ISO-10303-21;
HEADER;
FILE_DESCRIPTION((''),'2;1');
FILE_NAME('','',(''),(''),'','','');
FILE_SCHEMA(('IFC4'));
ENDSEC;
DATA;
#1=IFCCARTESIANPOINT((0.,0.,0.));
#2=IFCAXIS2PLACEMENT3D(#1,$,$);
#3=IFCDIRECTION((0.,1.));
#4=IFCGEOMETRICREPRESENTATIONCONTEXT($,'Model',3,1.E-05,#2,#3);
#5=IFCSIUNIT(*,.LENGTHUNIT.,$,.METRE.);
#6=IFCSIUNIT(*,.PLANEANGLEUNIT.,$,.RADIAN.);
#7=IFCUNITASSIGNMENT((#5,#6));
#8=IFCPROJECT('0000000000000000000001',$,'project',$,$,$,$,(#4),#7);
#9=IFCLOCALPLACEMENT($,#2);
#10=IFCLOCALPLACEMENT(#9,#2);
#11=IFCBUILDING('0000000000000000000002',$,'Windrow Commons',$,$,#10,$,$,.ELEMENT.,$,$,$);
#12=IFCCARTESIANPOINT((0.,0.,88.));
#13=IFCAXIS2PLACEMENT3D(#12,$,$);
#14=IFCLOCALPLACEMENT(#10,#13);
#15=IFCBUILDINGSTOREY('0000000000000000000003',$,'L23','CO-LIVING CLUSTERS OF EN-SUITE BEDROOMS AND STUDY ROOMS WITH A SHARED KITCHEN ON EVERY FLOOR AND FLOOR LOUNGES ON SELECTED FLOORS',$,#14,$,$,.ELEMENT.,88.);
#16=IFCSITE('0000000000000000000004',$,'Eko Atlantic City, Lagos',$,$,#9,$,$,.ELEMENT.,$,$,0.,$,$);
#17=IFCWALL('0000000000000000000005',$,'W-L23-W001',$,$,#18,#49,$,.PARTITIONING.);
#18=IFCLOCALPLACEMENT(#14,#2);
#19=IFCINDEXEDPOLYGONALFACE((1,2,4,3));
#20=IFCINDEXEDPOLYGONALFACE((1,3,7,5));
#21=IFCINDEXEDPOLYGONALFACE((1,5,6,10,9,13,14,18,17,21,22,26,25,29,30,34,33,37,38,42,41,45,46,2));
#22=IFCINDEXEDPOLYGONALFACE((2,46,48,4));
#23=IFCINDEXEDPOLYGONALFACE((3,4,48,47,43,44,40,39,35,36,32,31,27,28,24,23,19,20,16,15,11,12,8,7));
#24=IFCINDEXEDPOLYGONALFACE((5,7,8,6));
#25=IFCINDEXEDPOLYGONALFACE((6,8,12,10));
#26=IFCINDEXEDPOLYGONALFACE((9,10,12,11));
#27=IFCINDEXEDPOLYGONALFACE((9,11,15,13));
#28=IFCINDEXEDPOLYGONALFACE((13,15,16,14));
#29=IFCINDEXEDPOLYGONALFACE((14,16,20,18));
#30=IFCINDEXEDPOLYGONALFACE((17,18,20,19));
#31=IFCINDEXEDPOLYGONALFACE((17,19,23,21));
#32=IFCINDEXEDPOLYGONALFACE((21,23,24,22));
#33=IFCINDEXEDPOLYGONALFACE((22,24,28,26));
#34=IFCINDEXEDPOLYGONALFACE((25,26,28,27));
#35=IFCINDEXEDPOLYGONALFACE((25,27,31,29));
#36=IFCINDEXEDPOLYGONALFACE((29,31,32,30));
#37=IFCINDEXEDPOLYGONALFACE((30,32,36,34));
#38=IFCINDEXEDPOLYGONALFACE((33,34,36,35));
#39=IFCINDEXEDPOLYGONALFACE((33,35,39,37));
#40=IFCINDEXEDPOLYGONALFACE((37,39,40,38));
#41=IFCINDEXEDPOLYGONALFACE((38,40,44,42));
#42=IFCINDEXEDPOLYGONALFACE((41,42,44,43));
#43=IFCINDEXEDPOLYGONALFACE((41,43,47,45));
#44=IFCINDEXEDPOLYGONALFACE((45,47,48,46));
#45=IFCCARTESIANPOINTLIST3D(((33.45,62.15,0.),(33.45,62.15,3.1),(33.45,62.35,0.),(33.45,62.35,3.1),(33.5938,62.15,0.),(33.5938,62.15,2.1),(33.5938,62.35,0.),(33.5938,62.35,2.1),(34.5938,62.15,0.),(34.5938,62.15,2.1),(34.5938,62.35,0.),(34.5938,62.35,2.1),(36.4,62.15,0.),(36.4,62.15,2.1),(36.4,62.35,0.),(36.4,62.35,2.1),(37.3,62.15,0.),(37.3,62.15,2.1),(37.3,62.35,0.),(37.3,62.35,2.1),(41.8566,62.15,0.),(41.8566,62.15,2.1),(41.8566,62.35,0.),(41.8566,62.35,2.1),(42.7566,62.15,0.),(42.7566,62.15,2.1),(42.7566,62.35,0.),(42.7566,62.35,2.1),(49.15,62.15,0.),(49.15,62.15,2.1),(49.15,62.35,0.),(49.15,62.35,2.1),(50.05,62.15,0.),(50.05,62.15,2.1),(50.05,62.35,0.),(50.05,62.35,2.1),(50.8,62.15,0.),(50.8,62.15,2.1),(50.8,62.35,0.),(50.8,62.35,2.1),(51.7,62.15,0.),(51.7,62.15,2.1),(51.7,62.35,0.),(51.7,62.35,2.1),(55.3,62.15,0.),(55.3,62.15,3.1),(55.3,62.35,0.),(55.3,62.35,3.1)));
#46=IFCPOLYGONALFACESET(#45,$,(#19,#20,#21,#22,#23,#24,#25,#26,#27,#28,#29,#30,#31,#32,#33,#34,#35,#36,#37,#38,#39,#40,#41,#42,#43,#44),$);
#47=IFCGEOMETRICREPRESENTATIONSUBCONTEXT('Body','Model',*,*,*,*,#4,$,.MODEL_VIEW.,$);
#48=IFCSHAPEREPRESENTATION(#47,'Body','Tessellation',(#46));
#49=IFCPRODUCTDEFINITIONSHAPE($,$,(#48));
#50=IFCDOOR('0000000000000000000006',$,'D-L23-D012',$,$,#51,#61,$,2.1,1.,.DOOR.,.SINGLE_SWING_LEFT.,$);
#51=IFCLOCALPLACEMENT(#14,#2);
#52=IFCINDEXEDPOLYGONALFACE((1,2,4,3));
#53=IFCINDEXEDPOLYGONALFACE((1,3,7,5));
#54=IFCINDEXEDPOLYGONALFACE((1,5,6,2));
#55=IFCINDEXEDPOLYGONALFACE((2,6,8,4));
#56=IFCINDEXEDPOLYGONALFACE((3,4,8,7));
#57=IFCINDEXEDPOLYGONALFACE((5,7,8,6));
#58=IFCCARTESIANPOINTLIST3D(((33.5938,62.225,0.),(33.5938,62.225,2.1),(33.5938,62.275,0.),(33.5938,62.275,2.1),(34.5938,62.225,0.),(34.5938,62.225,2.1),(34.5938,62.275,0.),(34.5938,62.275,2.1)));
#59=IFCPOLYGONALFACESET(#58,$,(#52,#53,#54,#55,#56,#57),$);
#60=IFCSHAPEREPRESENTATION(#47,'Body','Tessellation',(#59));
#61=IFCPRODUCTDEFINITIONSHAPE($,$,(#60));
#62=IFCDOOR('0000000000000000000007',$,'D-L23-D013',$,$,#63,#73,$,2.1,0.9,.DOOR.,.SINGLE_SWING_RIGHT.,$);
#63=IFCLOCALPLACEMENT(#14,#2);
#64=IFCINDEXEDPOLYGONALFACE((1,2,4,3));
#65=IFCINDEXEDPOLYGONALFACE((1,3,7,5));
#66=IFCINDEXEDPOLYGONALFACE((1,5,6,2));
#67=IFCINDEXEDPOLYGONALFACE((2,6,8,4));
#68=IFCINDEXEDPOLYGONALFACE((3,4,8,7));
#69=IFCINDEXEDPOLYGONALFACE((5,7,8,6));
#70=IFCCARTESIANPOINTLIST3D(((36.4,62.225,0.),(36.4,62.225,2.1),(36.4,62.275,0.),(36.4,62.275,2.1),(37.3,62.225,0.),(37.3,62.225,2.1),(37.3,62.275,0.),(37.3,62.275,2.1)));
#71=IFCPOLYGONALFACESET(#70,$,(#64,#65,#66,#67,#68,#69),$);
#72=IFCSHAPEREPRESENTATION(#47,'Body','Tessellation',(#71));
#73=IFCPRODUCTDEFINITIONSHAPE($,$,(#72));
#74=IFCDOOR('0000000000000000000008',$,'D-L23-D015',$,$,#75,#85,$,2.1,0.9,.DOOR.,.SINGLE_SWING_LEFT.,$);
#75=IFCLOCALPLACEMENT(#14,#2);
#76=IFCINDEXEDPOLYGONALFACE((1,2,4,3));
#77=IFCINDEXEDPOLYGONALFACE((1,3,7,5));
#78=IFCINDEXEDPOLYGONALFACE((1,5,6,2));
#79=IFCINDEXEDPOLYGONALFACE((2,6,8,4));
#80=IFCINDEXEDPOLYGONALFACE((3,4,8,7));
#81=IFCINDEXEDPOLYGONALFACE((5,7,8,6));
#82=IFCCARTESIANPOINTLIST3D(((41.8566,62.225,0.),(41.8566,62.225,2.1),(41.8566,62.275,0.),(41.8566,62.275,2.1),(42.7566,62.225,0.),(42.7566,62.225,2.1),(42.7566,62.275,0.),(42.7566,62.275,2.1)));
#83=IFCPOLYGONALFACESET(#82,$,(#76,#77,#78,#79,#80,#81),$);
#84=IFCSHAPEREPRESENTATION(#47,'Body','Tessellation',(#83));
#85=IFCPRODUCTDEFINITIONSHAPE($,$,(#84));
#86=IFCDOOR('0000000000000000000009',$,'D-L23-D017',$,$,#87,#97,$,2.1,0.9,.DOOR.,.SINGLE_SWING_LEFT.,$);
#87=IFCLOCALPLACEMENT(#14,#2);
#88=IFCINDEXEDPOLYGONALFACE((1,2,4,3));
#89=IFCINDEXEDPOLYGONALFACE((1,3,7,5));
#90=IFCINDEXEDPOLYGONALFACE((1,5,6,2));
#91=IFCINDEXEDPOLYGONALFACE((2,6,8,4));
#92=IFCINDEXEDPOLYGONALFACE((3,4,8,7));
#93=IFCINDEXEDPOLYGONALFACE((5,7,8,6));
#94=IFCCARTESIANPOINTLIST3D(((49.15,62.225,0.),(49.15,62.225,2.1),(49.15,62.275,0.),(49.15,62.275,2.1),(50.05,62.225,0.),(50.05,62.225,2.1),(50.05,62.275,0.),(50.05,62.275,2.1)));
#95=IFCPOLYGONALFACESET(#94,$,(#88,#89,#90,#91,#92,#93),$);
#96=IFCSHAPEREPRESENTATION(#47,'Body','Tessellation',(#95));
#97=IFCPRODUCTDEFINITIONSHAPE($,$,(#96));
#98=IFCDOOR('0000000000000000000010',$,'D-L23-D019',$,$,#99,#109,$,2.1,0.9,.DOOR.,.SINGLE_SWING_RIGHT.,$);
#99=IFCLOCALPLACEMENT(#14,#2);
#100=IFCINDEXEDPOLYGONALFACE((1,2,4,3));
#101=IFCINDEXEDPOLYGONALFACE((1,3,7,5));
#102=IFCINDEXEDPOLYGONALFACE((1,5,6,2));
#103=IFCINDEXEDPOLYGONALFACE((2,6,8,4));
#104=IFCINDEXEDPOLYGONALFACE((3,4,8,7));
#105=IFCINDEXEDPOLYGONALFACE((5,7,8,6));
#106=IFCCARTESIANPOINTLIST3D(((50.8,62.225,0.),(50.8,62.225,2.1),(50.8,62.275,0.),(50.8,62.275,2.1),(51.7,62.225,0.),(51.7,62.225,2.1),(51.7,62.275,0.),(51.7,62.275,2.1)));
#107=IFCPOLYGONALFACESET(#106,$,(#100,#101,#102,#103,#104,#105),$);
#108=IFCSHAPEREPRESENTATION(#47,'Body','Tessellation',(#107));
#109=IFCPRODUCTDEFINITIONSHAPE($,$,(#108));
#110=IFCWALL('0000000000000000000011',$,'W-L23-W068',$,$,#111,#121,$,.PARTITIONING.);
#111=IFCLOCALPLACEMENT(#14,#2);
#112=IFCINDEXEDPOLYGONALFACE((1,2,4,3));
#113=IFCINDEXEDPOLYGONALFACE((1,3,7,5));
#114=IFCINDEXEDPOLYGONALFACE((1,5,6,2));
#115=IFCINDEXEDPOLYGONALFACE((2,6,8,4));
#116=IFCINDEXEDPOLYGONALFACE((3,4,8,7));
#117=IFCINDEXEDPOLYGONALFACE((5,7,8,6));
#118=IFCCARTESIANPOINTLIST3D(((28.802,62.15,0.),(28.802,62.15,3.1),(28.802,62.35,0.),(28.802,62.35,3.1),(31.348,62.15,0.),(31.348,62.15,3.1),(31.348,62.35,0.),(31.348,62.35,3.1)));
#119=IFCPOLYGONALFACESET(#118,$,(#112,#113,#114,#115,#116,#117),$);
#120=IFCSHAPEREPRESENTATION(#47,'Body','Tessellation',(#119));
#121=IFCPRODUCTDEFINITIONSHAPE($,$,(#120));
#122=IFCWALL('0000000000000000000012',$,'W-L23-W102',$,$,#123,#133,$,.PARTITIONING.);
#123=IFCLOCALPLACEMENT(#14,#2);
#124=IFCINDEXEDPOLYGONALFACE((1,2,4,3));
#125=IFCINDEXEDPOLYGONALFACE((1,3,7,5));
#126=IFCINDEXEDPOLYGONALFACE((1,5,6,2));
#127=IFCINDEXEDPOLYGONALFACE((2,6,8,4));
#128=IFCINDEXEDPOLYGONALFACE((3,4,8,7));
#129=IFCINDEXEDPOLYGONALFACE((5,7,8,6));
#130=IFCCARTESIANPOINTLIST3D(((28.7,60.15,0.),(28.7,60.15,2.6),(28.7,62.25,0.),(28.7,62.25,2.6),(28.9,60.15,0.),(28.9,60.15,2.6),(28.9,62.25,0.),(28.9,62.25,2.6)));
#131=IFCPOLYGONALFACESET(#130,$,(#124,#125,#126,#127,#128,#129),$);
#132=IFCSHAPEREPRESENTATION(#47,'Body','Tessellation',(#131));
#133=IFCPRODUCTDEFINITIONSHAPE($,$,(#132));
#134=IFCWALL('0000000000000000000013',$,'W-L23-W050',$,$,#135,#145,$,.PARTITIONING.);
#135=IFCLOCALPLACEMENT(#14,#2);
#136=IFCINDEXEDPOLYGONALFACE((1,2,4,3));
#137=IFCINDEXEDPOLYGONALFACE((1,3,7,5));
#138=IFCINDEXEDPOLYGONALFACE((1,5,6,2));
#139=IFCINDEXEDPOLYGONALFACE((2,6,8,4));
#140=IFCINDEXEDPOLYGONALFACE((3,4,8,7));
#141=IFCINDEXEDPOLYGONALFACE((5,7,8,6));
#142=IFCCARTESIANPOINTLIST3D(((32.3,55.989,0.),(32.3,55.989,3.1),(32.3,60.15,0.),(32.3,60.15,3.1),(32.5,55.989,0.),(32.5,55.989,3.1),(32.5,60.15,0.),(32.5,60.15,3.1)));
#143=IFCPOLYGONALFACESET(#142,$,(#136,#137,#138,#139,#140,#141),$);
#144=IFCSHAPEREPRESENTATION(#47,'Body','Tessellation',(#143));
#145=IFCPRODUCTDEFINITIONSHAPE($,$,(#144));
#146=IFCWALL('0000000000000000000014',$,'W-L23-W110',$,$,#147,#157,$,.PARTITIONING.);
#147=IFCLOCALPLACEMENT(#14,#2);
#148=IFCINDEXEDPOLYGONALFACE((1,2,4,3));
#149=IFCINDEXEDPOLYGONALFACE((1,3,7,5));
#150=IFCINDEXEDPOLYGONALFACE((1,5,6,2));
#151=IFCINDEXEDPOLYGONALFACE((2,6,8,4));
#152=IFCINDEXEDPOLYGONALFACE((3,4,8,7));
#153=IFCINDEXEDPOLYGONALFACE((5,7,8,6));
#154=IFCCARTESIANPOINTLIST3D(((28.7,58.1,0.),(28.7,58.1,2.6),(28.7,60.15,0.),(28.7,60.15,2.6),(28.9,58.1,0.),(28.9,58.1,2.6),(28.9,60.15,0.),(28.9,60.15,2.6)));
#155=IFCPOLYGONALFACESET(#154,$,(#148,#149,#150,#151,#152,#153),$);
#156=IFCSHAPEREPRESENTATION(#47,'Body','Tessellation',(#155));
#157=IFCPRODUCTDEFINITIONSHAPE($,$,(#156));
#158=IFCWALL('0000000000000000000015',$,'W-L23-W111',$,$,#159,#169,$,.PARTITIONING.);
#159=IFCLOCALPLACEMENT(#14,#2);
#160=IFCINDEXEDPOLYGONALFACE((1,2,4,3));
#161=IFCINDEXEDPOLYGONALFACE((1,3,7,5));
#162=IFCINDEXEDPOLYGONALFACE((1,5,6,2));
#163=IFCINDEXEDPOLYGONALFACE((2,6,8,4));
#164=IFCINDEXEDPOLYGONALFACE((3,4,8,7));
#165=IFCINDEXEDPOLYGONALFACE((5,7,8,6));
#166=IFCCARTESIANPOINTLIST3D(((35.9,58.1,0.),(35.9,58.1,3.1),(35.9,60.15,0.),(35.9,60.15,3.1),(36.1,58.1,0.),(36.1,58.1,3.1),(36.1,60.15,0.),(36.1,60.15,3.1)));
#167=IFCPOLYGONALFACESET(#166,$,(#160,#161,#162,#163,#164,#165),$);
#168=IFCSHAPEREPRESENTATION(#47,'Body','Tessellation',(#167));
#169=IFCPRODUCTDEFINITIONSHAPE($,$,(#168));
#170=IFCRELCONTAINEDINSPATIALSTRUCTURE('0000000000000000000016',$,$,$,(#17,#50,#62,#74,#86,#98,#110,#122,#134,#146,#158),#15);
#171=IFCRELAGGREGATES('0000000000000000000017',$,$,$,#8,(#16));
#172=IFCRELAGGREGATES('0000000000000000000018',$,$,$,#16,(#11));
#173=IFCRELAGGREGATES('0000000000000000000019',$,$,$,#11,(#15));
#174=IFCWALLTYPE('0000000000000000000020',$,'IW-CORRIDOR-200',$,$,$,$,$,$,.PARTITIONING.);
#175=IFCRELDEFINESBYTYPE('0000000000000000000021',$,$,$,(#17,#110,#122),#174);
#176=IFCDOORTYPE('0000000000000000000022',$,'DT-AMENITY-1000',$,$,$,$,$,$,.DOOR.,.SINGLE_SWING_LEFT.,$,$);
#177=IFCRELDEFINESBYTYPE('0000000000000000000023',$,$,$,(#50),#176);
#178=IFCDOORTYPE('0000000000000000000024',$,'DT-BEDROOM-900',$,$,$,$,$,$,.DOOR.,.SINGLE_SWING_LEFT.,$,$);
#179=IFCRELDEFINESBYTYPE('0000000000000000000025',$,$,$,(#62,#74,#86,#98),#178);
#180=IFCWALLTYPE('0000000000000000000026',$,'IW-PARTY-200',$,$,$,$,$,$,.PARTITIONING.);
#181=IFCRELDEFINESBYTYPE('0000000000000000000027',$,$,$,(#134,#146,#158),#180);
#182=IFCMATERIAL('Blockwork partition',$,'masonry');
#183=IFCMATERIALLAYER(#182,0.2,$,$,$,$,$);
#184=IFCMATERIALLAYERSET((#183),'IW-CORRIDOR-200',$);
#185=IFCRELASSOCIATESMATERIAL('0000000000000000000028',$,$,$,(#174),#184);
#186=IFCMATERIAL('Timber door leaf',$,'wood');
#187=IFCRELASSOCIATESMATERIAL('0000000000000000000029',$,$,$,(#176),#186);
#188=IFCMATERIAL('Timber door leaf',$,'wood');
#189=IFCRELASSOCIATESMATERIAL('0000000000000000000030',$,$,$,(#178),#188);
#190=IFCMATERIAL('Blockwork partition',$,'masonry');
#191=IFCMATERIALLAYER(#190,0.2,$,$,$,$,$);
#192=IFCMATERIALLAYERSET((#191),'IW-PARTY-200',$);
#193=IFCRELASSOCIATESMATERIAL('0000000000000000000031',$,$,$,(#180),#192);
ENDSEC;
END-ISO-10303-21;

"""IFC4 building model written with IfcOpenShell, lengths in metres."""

from ifc_helpers import new_model, si_unit, direction, frame, frame_2d, origin, place, context, subcontext, project, spatial, rectangle, extrude, material, layer, layer_set, type_object, element, fill, save


model = new_model("IFC4")

# Units and contexts
model_context = context("Model", 3, precision=1e-05, world=origin(), true_north=direction((0.0, 1.0)))
body_context = subcontext(model_context, "Body", "Model", "MODEL_VIEW")
ifc_project = project(units=[si_unit("LENGTHUNIT", "METRE"), si_unit("PLANEANGLEUNIT", "RADIAN")], contexts=[model_context])

# Site, building, storey
site_placement = place(None, origin())
site = spatial("IfcSite", under=ifc_project, at=site_placement, Name="Eko Atlantic City, Lagos", CompositionType="ELEMENT", RefElevation=0.0)
building_placement = place(site_placement, origin())
building = spatial("IfcBuilding", under=site, at=building_placement, Name="Windrow Commons", CompositionType="ELEMENT")
storey_placement = place(building_placement, frame((0.0, 0.0, 88.0)))
storey = spatial("IfcBuildingStorey", under=building, at=storey_placement, Name="L23", Description="CO-LIVING CLUSTERS OF EN-SUITE BEDROOMS AND STUDY ROOMS WITH A SHARED KITCHEN ON EVERY FLOOR AND FLOOR LOUNGES ON SELECTED FLOORS", CompositionType="ELEMENT", Elevation=88.0)

# Wall, openings, doors
ifc_material_1 = material(Name="Blockwork partition", Category="masonry")
ifc_layer_1 = layer(ifc_material_1, 0.2)
ifc_layer_set_1 = layer_set([ifc_layer_1], Name="IW-CORRIDOR-200")
wall_type_1 = type_object("IfcWallType", Name="IW-CORRIDOR-200", PredefinedType="PARTITIONING", material=ifc_layer_set_1)
ifc_material_2 = material(Name="Timber door leaf", Category="wood")
door_type_1 = type_object("IfcDoorType", Name="DT-AMENITY-1000", OperationType="SINGLE_SWING_LEFT", PredefinedType="DOOR", material=ifc_material_2)
ifc_material_3 = material(Name="Timber door leaf", Category="wood")
door_type_2 = type_object("IfcDoorType", Name="DT-BEDROOM-900", OperationType="SINGLE_SWING_LEFT", PredefinedType="DOOR", material=ifc_material_3)
wall_1_placement = place(storey_placement, frame((33.45, 62.25, 0.0), z_axis=(0.0, 0.0, 1.0), x_axis=(1.0, 0.0, 0.0)))
wall_1 = element("IfcWall", 1, at=wall_1_placement, inside=storey, type_object=wall_type_1, Name="W-L23-W001", PredefinedType="PARTITIONING", context=body_context, shape_type="SweptSolid", body=[
    extrude(rectangle(XDim=21.85, YDim=0.2, at=frame_2d((10.925, 0.0))), origin(), (0.0, 0.0, 1.0), 3.1),
])
opening_1_placement = place(wall_1_placement, frame((0.1438, 0.0, 0.0)))
opening_1 = element("IfcOpeningElement", 2, at=opening_1_placement, cuts=wall_1, PredefinedType="OPENING", context=body_context, shape_type="SweptSolid", body=[
    extrude(rectangle(XDim=1.0, YDim=2.1, at=frame_2d((0.5, 1.05))), frame((0.0, 0.11, 0.0), z_axis=(0.0, -1.0, 0.0), x_axis=(1.0, 0.0, 0.0)), (0.0, 0.0, 1.0), 0.22),
])
opening_2_placement = place(wall_1_placement, frame((2.95, 0.0, 0.0)))
opening_2 = element("IfcOpeningElement", 3, at=opening_2_placement, cuts=wall_1, PredefinedType="OPENING", context=body_context, shape_type="SweptSolid", body=[
    extrude(rectangle(XDim=0.9, YDim=2.1, at=frame_2d((0.45, 1.05))), frame((0.0, 0.11, 0.0), z_axis=(0.0, -1.0, 0.0), x_axis=(1.0, 0.0, 0.0)), (0.0, 0.0, 1.0), 0.22),
])
opening_3_placement = place(wall_1_placement, frame((8.4066, 0.0, 0.0)))
opening_3 = element("IfcOpeningElement", 4, at=opening_3_placement, cuts=wall_1, PredefinedType="OPENING", context=body_context, shape_type="SweptSolid", body=[
    extrude(rectangle(XDim=0.9, YDim=2.1, at=frame_2d((0.45, 1.05))), frame((0.0, 0.11, 0.0), z_axis=(0.0, -1.0, 0.0), x_axis=(1.0, 0.0, 0.0)), (0.0, 0.0, 1.0), 0.22),
])
opening_4_placement = place(wall_1_placement, frame((15.7, 0.0, 0.0)))
opening_4 = element("IfcOpeningElement", 5, at=opening_4_placement, cuts=wall_1, PredefinedType="OPENING", context=body_context, shape_type="SweptSolid", body=[
    extrude(rectangle(XDim=0.9, YDim=2.1, at=frame_2d((0.45, 1.05))), frame((0.0, 0.11, 0.0), z_axis=(0.0, -1.0, 0.0), x_axis=(1.0, 0.0, 0.0)), (0.0, 0.0, 1.0), 0.22),
])
opening_5_placement = place(wall_1_placement, frame((17.35, 0.0, 0.0)))
opening_5 = element("IfcOpeningElement", 6, at=opening_5_placement, cuts=wall_1, PredefinedType="OPENING", context=body_context, shape_type="SweptSolid", body=[
    extrude(rectangle(XDim=0.9, YDim=2.1, at=frame_2d((0.45, 1.05))), frame((0.0, 0.11, 0.0), z_axis=(0.0, -1.0, 0.0), x_axis=(1.0, 0.0, 0.0)), (0.0, 0.0, 1.0), 0.22),
])
door_1_placement = place(opening_1_placement, origin())
door_1 = element("IfcDoor", 7, at=door_1_placement, inside=storey, type_object=door_type_1, Name="D-L23-D012", OperationType="SINGLE_SWING_LEFT", OverallHeight=2.1, OverallWidth=1.0, PredefinedType="DOOR", context=body_context, shape_type="SweptSolid", body=[
    extrude(rectangle(XDim=1.0, YDim=2.1, at=frame_2d((0.5, 1.05))), frame((0.0, 0.025, 0.0), z_axis=(0.0, -1.0, 0.0), x_axis=(1.0, 0.0, 0.0)), (0.0, 0.0, 1.0), 0.05),
])
fill(opening_1, door_1)
door_2_placement = place(opening_2_placement, origin())
door_2 = element("IfcDoor", 8, at=door_2_placement, inside=storey, type_object=door_type_2, Name="D-L23-D013", OperationType="SINGLE_SWING_RIGHT", OverallHeight=2.1, OverallWidth=0.9, PredefinedType="DOOR", context=body_context, shape_type="SweptSolid", body=[
    extrude(rectangle(XDim=0.9, YDim=2.1, at=frame_2d((0.45, 1.05))), frame((0.0, 0.025, 0.0), z_axis=(0.0, -1.0, 0.0), x_axis=(1.0, 0.0, 0.0)), (0.0, 0.0, 1.0), 0.05),
])
fill(opening_2, door_2)
door_3_placement = place(opening_3_placement, origin())
door_3 = element("IfcDoor", 9, at=door_3_placement, inside=storey, type_object=door_type_2, Name="D-L23-D015", OperationType="SINGLE_SWING_LEFT", OverallHeight=2.1, OverallWidth=0.9, PredefinedType="DOOR", context=body_context, shape_type="SweptSolid", body=[
    extrude(rectangle(XDim=0.9, YDim=2.1, at=frame_2d((0.45, 1.05))), frame((0.0, 0.025, 0.0), z_axis=(0.0, -1.0, 0.0), x_axis=(1.0, 0.0, 0.0)), (0.0, 0.0, 1.0), 0.05),
])
fill(opening_3, door_3)
door_4_placement = place(opening_4_placement, origin())
door_4 = element("IfcDoor", 10, at=door_4_placement, inside=storey, type_object=door_type_2, Name="D-L23-D017", OperationType="SINGLE_SWING_LEFT", OverallHeight=2.1, OverallWidth=0.9, PredefinedType="DOOR", context=body_context, shape_type="SweptSolid", body=[
    extrude(rectangle(XDim=0.9, YDim=2.1, at=frame_2d((0.45, 1.05))), frame((0.0, 0.025, 0.0), z_axis=(0.0, -1.0, 0.0), x_axis=(1.0, 0.0, 0.0)), (0.0, 0.0, 1.0), 0.05),
])
fill(opening_4, door_4)
door_5_placement = place(opening_5_placement, origin())
door_5 = element("IfcDoor", 11, at=door_5_placement, inside=storey, type_object=door_type_2, Name="D-L23-D019", OperationType="SINGLE_SWING_RIGHT", OverallHeight=2.1, OverallWidth=0.9, PredefinedType="DOOR", context=body_context, shape_type="SweptSolid", body=[
    extrude(rectangle(XDim=0.9, YDim=2.1, at=frame_2d((0.45, 1.05))), frame((0.0, 0.025, 0.0), z_axis=(0.0, -1.0, 0.0), x_axis=(1.0, 0.0, 0.0)), (0.0, 0.0, 1.0), 0.05),
])
fill(opening_5, door_5)

# Walls
wall_2_placement = place(storey_placement, frame((28.802, 62.25, 0.0), z_axis=(0.0, 0.0, 1.0), x_axis=(1.0, 0.0, 0.0)))
element("IfcWall", 12, at=wall_2_placement, inside=storey, type_object=wall_type_1, Name="W-L23-W068", PredefinedType="PARTITIONING", context=body_context, shape_type="SweptSolid", body=[
    extrude(rectangle(XDim=2.546, YDim=0.2, at=frame_2d((1.273, 0.0))), origin(), (0.0, 0.0, 1.0), 3.1),
])
wall_3_placement = place(storey_placement, frame((28.8, 60.15, 0.0), z_axis=(0.0, 0.0, 1.0), x_axis=(0.0, 1.0, 0.0)))
element("IfcWall", 13, at=wall_3_placement, inside=storey, type_object=wall_type_1, Name="W-L23-W102", PredefinedType="PARTITIONING", context=body_context, shape_type="SweptSolid", body=[
    extrude(rectangle(XDim=2.1, YDim=0.2, at=frame_2d((1.05, 0.0))), origin(), (0.0, 0.0, 1.0), 2.6),
])
ifc_material_4 = material(Name="Blockwork partition", Category="masonry")
ifc_layer_2 = layer(ifc_material_4, 0.2)
ifc_layer_set_2 = layer_set([ifc_layer_2], Name="IW-PARTY-200")
wall_type_2 = type_object("IfcWallType", Name="IW-PARTY-200", PredefinedType="PARTITIONING", material=ifc_layer_set_2)
wall_4_placement = place(storey_placement, frame((32.4, 55.989, 0.0), z_axis=(0.0, 0.0, 1.0), x_axis=(0.0, 1.0, 0.0)))
element("IfcWall", 14, at=wall_4_placement, inside=storey, type_object=wall_type_2, Name="W-L23-W050", PredefinedType="PARTITIONING", context=body_context, shape_type="SweptSolid", body=[
    extrude(rectangle(XDim=4.161, YDim=0.2, at=frame_2d((2.0805, 0.0))), origin(), (0.0, 0.0, 1.0), 3.1),
])
wall_5_placement = place(storey_placement, frame((28.8, 58.1, 0.0), z_axis=(0.0, 0.0, 1.0), x_axis=(0.0, 1.0, 0.0)))
element("IfcWall", 15, at=wall_5_placement, inside=storey, type_object=wall_type_2, Name="W-L23-W110", PredefinedType="PARTITIONING", context=body_context, shape_type="SweptSolid", body=[
    extrude(rectangle(XDim=2.05, YDim=0.2, at=frame_2d((1.025, 0.0))), origin(), (0.0, 0.0, 1.0), 2.6),
])
for number, where, z_axis, x_axis, name in (
    (16, (36.0, 58.1, 0.0), (0.0, 0.0, 1.0), (0.0, 1.0, 0.0), "W-L23-W111"),
):
    element("IfcWall", number, at=place(storey_placement, frame(where, z_axis=z_axis, x_axis=x_axis)), inside=storey, type_object=wall_type_2, Name=name, PredefinedType="PARTITIONING", context=body_context, shape_type="SweptSolid", body=[
        extrude(rectangle(XDim=2.05, YDim=0.2, at=frame_2d((1.025, 0.0))), origin(), (0.0, 0.0, 1.0), 3.1),
    ])

save(model, "model.ifc")
